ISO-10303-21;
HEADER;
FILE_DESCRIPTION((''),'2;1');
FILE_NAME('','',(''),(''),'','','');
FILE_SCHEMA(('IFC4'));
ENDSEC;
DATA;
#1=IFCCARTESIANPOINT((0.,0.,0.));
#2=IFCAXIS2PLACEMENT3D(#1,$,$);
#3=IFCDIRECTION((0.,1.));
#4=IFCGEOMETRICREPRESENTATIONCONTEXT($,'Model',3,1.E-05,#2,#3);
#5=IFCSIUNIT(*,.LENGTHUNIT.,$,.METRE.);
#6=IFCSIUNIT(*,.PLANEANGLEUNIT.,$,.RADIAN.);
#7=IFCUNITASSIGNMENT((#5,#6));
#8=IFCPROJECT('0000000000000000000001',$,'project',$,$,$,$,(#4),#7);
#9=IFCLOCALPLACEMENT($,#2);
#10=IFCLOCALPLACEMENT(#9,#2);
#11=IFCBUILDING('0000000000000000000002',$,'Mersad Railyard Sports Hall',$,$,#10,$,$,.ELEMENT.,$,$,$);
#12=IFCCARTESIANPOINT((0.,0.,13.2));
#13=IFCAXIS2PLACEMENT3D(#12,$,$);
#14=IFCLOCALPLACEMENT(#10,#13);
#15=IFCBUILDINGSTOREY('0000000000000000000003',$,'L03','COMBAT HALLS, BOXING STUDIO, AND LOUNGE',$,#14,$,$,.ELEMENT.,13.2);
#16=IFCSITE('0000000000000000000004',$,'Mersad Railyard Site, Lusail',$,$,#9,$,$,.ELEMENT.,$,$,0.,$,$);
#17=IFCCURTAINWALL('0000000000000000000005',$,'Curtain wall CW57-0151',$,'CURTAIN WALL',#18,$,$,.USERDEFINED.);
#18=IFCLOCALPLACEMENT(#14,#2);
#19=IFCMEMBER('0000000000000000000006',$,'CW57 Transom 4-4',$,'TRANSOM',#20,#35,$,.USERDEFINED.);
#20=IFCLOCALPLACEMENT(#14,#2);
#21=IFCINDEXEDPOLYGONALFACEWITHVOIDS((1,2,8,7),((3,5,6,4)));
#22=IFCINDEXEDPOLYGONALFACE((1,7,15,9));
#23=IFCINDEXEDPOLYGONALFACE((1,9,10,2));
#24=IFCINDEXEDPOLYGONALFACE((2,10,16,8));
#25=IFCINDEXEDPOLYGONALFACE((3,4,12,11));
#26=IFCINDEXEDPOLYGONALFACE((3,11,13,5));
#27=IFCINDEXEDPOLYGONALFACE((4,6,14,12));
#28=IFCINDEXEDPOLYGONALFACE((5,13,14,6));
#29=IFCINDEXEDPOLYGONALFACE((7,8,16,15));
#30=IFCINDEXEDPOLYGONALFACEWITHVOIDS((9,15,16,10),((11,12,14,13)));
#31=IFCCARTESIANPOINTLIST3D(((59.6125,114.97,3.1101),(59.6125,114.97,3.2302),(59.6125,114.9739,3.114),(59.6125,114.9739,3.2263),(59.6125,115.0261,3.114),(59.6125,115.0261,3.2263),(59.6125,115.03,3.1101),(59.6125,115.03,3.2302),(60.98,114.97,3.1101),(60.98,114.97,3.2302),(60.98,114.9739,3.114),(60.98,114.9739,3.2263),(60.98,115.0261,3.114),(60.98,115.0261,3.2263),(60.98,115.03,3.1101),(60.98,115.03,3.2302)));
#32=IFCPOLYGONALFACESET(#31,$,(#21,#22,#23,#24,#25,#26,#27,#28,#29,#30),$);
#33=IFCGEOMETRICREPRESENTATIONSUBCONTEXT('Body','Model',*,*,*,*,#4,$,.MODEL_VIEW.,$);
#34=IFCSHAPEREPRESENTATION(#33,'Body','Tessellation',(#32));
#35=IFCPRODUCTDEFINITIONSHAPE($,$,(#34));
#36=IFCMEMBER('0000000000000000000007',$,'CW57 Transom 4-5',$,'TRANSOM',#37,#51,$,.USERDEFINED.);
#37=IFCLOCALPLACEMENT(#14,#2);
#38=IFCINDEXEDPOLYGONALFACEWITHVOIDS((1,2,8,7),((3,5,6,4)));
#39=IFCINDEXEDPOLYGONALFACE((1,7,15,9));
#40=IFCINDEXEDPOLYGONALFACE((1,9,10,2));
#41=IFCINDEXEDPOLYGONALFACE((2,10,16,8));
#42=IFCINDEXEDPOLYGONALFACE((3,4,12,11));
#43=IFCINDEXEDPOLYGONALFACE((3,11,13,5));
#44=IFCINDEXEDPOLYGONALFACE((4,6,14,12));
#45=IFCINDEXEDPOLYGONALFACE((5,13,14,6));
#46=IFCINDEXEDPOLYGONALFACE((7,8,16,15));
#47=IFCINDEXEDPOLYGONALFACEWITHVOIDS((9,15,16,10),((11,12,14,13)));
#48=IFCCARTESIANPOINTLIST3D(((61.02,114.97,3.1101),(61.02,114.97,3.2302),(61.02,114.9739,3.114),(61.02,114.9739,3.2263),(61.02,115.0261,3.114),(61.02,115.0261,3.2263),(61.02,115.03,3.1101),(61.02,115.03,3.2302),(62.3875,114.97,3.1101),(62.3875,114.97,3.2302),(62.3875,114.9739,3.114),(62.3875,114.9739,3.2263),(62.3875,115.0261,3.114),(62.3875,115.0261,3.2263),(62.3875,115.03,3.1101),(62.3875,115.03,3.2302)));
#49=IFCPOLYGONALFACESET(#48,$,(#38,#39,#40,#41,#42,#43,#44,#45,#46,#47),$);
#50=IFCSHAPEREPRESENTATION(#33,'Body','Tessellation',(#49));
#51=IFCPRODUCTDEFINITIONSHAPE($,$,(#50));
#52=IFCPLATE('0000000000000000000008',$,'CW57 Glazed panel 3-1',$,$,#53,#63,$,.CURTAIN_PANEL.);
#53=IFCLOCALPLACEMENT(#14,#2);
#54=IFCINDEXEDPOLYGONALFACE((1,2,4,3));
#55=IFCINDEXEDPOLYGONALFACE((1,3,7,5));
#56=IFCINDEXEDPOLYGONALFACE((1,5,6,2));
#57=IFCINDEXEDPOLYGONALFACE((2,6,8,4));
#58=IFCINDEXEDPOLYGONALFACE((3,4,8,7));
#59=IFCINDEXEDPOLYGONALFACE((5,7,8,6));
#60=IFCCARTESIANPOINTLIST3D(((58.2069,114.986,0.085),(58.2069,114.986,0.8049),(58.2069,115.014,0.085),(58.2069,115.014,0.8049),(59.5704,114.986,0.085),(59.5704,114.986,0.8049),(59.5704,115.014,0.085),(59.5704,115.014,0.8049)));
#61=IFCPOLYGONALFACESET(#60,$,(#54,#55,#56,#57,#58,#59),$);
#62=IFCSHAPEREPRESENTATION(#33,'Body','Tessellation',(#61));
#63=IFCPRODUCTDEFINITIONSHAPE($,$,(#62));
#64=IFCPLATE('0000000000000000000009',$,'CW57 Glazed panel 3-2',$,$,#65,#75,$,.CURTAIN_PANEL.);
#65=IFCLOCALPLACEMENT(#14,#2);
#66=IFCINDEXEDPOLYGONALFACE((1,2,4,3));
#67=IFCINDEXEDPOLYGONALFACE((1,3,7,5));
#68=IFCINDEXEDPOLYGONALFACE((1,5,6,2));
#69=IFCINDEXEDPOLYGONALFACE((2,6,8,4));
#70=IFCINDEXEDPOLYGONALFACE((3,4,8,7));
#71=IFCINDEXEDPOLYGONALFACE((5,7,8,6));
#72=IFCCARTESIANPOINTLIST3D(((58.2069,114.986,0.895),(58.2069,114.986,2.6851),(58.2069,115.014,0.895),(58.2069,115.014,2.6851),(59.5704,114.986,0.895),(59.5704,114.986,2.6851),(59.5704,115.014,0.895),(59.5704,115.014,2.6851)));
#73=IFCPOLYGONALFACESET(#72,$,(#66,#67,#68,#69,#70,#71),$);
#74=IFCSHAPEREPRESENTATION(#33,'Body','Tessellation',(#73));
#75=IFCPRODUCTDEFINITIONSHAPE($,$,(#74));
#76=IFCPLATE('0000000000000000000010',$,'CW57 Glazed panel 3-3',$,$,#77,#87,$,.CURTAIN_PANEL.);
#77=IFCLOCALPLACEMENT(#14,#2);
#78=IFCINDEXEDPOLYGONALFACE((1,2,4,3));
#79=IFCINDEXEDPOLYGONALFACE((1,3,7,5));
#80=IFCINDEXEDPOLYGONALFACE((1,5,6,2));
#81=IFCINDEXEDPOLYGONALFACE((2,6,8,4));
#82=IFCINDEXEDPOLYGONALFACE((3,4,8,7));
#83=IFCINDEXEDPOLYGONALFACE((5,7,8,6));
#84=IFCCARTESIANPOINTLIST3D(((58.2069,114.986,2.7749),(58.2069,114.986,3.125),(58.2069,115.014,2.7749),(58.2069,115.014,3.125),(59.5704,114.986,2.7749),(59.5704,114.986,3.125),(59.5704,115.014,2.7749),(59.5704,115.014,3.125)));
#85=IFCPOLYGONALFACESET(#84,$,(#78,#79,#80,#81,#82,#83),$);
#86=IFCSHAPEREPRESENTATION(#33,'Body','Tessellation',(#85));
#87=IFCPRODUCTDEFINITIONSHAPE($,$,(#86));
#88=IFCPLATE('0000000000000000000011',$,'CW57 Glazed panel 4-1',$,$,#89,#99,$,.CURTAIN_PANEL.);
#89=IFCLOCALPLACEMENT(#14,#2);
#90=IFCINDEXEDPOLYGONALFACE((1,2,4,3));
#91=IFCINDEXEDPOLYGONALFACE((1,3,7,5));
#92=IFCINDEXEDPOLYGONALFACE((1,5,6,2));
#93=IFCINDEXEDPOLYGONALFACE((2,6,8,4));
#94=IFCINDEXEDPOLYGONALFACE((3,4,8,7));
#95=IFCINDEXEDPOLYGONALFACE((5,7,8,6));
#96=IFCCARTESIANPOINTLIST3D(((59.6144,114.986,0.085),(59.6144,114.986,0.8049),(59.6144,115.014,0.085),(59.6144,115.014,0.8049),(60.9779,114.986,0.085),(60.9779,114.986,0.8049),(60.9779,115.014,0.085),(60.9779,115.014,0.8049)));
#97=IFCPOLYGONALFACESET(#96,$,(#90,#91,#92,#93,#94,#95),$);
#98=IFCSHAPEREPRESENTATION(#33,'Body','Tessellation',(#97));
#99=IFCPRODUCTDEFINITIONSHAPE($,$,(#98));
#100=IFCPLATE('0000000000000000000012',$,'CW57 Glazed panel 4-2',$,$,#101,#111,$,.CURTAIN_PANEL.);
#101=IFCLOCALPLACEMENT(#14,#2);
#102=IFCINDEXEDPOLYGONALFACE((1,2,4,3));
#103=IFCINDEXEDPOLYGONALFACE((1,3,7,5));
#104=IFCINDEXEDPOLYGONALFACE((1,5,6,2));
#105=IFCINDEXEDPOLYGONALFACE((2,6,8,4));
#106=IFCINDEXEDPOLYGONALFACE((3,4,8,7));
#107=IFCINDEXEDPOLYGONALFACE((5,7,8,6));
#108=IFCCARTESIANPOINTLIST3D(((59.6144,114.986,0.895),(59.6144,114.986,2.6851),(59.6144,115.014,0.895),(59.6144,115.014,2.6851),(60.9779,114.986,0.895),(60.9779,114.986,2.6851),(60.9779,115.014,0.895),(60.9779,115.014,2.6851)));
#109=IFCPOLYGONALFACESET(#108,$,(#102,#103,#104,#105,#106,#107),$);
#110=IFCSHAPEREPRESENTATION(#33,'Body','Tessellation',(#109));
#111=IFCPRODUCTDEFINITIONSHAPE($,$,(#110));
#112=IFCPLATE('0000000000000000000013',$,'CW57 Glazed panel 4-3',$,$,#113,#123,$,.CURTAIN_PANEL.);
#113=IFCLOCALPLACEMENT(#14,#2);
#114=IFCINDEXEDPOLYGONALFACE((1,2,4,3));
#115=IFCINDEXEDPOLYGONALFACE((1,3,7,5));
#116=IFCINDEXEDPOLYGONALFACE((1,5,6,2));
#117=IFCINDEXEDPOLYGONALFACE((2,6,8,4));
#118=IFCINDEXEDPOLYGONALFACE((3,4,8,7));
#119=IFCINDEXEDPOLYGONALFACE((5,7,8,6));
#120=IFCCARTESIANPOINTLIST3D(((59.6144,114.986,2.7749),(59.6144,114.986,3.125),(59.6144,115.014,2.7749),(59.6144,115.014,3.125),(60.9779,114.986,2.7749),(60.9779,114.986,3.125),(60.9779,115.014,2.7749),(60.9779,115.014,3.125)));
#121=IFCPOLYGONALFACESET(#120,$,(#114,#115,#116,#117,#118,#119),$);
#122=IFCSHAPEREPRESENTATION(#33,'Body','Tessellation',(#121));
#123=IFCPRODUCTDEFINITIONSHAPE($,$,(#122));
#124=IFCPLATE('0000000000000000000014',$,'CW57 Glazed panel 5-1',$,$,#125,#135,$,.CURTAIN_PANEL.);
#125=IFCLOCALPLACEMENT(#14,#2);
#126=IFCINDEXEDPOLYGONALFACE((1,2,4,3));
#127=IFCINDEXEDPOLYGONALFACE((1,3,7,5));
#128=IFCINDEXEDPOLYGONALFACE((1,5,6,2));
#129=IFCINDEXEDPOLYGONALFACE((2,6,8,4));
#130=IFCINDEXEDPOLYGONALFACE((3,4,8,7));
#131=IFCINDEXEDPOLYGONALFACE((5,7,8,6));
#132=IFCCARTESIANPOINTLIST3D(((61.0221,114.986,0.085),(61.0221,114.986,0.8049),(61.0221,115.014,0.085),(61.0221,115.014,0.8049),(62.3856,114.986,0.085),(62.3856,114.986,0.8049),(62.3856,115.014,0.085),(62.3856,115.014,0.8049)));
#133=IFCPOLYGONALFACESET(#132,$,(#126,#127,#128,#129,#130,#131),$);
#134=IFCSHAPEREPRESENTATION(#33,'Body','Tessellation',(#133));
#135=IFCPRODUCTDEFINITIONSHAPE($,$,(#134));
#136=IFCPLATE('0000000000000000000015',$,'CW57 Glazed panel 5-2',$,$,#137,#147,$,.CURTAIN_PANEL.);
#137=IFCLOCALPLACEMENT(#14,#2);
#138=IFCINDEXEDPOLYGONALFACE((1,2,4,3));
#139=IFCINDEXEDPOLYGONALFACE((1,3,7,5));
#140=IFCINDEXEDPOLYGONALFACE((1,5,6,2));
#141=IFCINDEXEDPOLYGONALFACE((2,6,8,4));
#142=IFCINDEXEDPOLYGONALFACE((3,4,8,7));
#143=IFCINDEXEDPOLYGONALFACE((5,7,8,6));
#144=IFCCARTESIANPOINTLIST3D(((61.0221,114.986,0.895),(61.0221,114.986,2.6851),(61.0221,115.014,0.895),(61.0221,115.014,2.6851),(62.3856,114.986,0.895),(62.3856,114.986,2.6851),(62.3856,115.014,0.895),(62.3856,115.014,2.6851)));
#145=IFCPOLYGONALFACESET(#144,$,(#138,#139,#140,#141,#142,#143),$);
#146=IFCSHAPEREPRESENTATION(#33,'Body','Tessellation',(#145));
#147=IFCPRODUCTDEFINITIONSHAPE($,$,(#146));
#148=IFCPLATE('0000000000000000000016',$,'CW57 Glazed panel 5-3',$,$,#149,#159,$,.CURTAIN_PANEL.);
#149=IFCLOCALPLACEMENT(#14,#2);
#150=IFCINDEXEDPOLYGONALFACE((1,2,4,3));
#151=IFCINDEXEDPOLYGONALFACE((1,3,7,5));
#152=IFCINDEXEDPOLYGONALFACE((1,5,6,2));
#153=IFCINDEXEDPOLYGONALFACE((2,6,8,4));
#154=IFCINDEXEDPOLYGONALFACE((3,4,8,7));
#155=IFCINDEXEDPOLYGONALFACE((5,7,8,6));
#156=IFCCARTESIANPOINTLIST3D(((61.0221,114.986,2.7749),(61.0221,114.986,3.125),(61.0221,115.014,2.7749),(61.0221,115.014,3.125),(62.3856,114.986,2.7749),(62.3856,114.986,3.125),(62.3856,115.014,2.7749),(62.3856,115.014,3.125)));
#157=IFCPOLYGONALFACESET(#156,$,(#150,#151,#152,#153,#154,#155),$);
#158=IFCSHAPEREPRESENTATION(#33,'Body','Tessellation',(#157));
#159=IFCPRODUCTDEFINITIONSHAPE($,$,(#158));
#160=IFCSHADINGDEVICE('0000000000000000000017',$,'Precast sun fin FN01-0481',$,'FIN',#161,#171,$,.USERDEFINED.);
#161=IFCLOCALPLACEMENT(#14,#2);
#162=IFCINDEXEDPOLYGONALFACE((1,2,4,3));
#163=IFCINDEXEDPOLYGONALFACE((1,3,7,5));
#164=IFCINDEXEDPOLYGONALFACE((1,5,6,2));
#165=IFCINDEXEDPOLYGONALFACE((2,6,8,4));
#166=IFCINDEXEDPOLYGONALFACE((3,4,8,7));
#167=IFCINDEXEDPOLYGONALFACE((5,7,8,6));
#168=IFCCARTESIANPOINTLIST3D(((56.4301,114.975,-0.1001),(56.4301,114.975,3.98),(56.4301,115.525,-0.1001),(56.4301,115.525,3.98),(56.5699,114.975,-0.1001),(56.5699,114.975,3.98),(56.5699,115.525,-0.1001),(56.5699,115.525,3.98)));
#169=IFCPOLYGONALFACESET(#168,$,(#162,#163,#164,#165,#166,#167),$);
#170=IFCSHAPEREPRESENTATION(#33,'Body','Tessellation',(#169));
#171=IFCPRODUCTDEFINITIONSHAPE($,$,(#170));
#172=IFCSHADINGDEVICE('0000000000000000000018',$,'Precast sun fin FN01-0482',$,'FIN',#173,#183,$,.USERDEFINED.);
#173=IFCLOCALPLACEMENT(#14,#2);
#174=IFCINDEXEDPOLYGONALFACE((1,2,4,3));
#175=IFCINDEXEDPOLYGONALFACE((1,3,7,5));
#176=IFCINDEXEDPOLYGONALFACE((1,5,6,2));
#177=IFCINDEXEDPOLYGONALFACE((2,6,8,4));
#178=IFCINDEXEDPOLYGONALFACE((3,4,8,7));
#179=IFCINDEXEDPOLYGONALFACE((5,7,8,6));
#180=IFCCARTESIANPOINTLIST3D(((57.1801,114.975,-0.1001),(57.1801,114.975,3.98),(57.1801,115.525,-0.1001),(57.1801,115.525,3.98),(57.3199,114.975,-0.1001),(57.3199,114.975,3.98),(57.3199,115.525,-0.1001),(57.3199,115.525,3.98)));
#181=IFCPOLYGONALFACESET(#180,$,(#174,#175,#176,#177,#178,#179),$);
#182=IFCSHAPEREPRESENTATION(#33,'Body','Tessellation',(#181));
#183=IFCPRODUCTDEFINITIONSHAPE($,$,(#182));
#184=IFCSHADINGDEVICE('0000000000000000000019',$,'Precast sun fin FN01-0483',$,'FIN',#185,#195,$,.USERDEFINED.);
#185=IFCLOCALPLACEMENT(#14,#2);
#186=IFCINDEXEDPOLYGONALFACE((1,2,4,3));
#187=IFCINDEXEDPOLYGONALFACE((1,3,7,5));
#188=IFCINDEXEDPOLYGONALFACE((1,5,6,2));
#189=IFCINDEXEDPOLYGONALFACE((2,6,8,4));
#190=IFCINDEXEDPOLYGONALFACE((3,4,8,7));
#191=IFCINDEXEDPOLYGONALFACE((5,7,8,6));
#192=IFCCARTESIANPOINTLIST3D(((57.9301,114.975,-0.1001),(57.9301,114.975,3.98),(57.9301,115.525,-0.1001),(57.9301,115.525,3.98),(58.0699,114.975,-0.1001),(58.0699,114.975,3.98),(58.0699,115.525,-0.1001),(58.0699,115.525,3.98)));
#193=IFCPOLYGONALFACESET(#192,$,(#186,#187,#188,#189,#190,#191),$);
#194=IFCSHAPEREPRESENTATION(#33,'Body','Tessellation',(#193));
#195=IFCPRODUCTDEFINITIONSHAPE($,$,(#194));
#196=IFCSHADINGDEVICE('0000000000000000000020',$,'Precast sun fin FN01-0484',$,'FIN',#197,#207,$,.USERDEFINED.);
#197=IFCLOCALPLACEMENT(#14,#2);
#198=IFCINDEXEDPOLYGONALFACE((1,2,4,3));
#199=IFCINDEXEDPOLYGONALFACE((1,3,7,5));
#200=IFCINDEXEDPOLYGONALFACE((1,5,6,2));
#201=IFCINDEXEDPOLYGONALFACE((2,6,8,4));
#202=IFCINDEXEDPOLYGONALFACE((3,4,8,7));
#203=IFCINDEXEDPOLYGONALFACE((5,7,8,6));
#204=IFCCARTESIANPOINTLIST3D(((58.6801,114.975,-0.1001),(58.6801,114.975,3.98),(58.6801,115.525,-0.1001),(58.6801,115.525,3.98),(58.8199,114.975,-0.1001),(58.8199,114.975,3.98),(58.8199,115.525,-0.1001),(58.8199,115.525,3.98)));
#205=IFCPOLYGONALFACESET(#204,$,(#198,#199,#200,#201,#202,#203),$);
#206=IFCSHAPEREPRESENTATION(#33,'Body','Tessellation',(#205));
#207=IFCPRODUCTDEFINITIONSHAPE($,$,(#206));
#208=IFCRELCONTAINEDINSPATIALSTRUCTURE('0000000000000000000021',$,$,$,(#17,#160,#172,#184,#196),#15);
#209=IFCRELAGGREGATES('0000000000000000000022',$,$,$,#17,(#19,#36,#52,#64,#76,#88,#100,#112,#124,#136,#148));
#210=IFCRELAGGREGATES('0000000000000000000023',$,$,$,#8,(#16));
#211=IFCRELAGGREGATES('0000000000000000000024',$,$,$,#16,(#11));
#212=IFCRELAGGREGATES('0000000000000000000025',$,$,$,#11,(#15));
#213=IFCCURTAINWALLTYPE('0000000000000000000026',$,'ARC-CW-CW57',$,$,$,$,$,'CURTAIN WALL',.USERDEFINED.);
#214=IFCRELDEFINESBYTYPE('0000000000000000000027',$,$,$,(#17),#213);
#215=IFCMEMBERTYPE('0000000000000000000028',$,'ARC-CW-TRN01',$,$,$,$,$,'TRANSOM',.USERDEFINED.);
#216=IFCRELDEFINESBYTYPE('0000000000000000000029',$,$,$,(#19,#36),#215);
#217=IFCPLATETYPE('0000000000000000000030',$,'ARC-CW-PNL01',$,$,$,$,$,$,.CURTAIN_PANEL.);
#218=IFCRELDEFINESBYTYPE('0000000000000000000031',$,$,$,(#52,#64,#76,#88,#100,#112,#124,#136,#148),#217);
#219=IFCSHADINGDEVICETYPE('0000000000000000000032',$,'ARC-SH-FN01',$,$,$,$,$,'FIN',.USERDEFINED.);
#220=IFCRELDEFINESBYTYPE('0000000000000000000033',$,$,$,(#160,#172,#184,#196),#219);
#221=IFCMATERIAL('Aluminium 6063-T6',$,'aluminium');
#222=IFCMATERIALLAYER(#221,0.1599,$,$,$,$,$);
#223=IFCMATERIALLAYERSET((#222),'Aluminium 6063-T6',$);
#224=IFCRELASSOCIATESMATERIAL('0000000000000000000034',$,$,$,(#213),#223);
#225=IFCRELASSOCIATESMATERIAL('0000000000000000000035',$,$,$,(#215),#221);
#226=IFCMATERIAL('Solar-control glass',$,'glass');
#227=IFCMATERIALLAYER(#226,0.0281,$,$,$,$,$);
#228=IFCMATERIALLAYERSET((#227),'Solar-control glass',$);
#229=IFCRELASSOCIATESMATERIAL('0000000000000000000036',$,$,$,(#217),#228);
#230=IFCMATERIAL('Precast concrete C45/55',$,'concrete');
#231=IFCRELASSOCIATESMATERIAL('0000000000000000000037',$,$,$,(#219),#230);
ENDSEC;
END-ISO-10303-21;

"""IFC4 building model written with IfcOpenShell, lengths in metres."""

from ifc_helpers import new_model, si_unit, direction, frame, origin, origin_2d, place, context, subcontext, project, spatial, rectangle, hollow_rectangle, extrude, material, layer, layer_set, material_profile, profile_set, type_object, element, aggregate, save


model = new_model("IFC4")

# Units and contexts
model_context = context("Model", 3, precision=1e-05, world=origin(), true_north=direction((0.0, 1.0)))
body_context = subcontext(model_context, "Body", "Model", "MODEL_VIEW")
ifc_project = project(units=[si_unit("LENGTHUNIT", "METRE"), si_unit("PLANEANGLEUNIT", "RADIAN")], contexts=[model_context])

# Site, building, storey
site_placement = place(None, origin())
site = spatial("IfcSite", under=ifc_project, at=site_placement, Name="Mersad Railyard Site, Lusail", CompositionType="ELEMENT", RefElevation=0.0)
building_placement = place(site_placement, origin())
building = spatial("IfcBuilding", under=site, at=building_placement, Name="Mersad Railyard Sports Hall", CompositionType="ELEMENT")
storey_placement = place(building_placement, frame((0.0, 0.0, 13.2)))
storey = spatial("IfcBuildingStorey", under=building, at=storey_placement, Name="L03", Description="COMBAT HALLS, BOXING STUDIO, AND LOUNGE", CompositionType="ELEMENT", Elevation=13.2)

# Curtain wall, members, plates
ifc_material_1 = material(Name="Aluminium 6063-T6", Category="aluminium")
ifc_layer_1 = layer(ifc_material_1, 0.1599)
ifc_layer_set_1 = layer_set([ifc_layer_1], Name="Aluminium 6063-T6")
curtain_wall_type = type_object("IfcCurtainWallType", Name="ARC-CW-CW57", ElementType="CURTAIN WALL", PredefinedType="USERDEFINED", material=ifc_layer_set_1)
curtain_wall_placement = place(storey_placement, origin())
curtain_wall = element("IfcCurtainWall", 1, at=curtain_wall_placement, inside=storey, type_object=curtain_wall_type, Name="Curtain wall CW57-0151", ObjectType="CURTAIN WALL", PredefinedType="USERDEFINED")
ifc_material_profile_1 = material_profile(ifc_material_1, hollow_rectangle(XDim=0.0601, YDim=0.1201, WallThickness=0.0039, at=origin_2d()), Name="AL TRANSOM 60x120x4")
ifc_profile_set_1 = profile_set([ifc_material_profile_1], Name="Aluminium 6063-T6")
member_type_1 = type_object("IfcMemberType", Name="ARC-CW-TRN01", ElementType="TRANSOM", PredefinedType="USERDEFINED", material=ifc_profile_set_1)
member_1_placement = place(storey_placement, frame((59.6125, 115.0, 3.1702), z_axis=(1.0, 0.0, 0.0), x_axis=(0.0, 1.0, 0.0)))
member_1 = element("IfcMember", 2, at=member_1_placement, type_object=member_type_1, Name="CW57 Transom 4-4", ObjectType="TRANSOM", PredefinedType="USERDEFINED", context=body_context, shape_type="SweptSolid", body=[
    extrude(hollow_rectangle(XDim=0.0601, YDim=0.1201, WallThickness=0.0039, at=origin_2d()), origin(), (0.0, 0.0, 1.0), 1.3674),
])
member_2_placement = place(storey_placement, frame((61.02, 115.0, 3.1702), z_axis=(1.0, 0.0, 0.0), x_axis=(0.0, 1.0, 0.0)))
member_2 = element("IfcMember", 3, at=member_2_placement, type_object=member_type_1, Name="CW57 Transom 4-5", ObjectType="TRANSOM", PredefinedType="USERDEFINED", context=body_context, shape_type="SweptSolid", body=[
    extrude(hollow_rectangle(XDim=0.0601, YDim=0.1201, WallThickness=0.0039, at=origin_2d()), origin(), (0.0, 0.0, 1.0), 1.3674),
])
ifc_material_2 = material(Name="Solar-control glass", Category="glass")
ifc_layer_2 = layer(ifc_material_2, 0.0281)
ifc_layer_set_2 = layer_set([ifc_layer_2], Name="Solar-control glass")
plate_type = type_object("IfcPlateType", Name="ARC-CW-PNL01", PredefinedType="CURTAIN_PANEL", material=ifc_layer_set_2)
plate_1_placement = place(storey_placement, frame((58.8887, 115.0, 0.085), z_axis=(0.0, 0.0, 1.0), x_axis=(1.0, 0.0, 0.0)))
plate_1 = element("IfcPlate", 4, at=plate_1_placement, type_object=plate_type, Name="CW57 Glazed panel 3-1", PredefinedType="CURTAIN_PANEL", context=body_context, shape_type="SweptSolid", body=[
    extrude(rectangle(XDim=1.3635, YDim=0.0281, at=origin_2d()), origin(), (0.0, 0.0, 1.0), 0.72),
])
plate_2_placement = place(storey_placement, frame((58.8887, 115.0, 0.895), z_axis=(0.0, 0.0, 1.0), x_axis=(1.0, 0.0, 0.0)))
plate_2 = element("IfcPlate", 5, at=plate_2_placement, type_object=plate_type, Name="CW57 Glazed panel 3-2", PredefinedType="CURTAIN_PANEL", context=body_context, shape_type="SweptSolid", body=[
    extrude(rectangle(XDim=1.3635, YDim=0.0281, at=origin_2d()), origin(), (0.0, 0.0, 1.0), 1.79),
])
plate_3_placement = place(storey_placement, frame((58.8887, 115.0, 2.7749), z_axis=(0.0, 0.0, 1.0), x_axis=(1.0, 0.0, 0.0)))
plate_3 = element("IfcPlate", 6, at=plate_3_placement, type_object=plate_type, Name="CW57 Glazed panel 3-3", PredefinedType="CURTAIN_PANEL", context=body_context, shape_type="SweptSolid", body=[
    extrude(rectangle(XDim=1.3635, YDim=0.0281, at=origin_2d()), origin(), (0.0, 0.0, 1.0), 0.3501),
])
plate_4_placement = place(storey_placement, frame((60.2961, 115.0, 0.085), z_axis=(0.0, 0.0, 1.0), x_axis=(1.0, 0.0, 0.0)))
plate_4 = element("IfcPlate", 7, at=plate_4_placement, type_object=plate_type, Name="CW57 Glazed panel 4-1", PredefinedType="CURTAIN_PANEL", context=body_context, shape_type="SweptSolid", body=[
    extrude(rectangle(XDim=1.3635, YDim=0.0281, at=origin_2d()), origin(), (0.0, 0.0, 1.0), 0.72),
])
plate_5_placement = place(storey_placement, frame((60.2961, 115.0, 0.895), z_axis=(0.0, 0.0, 1.0), x_axis=(1.0, 0.0, 0.0)))
plate_5 = element("IfcPlate", 8, at=plate_5_placement, type_object=plate_type, Name="CW57 Glazed panel 4-2", PredefinedType="CURTAIN_PANEL", context=body_context, shape_type="SweptSolid", body=[
    extrude(rectangle(XDim=1.3635, YDim=0.0281, at=origin_2d()), origin(), (0.0, 0.0, 1.0), 1.79),
])
plate_6_placement = place(storey_placement, frame((60.2961, 115.0, 2.7749), z_axis=(0.0, 0.0, 1.0), x_axis=(1.0, 0.0, 0.0)))
plate_6 = element("IfcPlate", 9, at=plate_6_placement, type_object=plate_type, Name="CW57 Glazed panel 4-3", PredefinedType="CURTAIN_PANEL", context=body_context, shape_type="SweptSolid", body=[
    extrude(rectangle(XDim=1.3635, YDim=0.0281, at=origin_2d()), origin(), (0.0, 0.0, 1.0), 0.3501),
])
plate_7_placement = place(storey_placement, frame((61.7039, 115.0, 0.085), z_axis=(0.0, 0.0, 1.0), x_axis=(1.0, 0.0, 0.0)))
plate_7 = element("IfcPlate", 10, at=plate_7_placement, type_object=plate_type, Name="CW57 Glazed panel 5-1", PredefinedType="CURTAIN_PANEL", context=body_context, shape_type="SweptSolid", body=[
    extrude(rectangle(XDim=1.3635, YDim=0.0281, at=origin_2d()), origin(), (0.0, 0.0, 1.0), 0.72),
])
plate_8_placement = place(storey_placement, frame((61.7039, 115.0, 0.895), z_axis=(0.0, 0.0, 1.0), x_axis=(1.0, 0.0, 0.0)))
plate_8 = element("IfcPlate", 11, at=plate_8_placement, type_object=plate_type, Name="CW57 Glazed panel 5-2", PredefinedType="CURTAIN_PANEL", context=body_context, shape_type="SweptSolid", body=[
    extrude(rectangle(XDim=1.3635, YDim=0.0281, at=origin_2d()), origin(), (0.0, 0.0, 1.0), 1.79),
])
plate_9_placement = place(storey_placement, frame((61.7039, 115.0, 2.7749), z_axis=(0.0, 0.0, 1.0), x_axis=(1.0, 0.0, 0.0)))
plate_9 = element("IfcPlate", 12, at=plate_9_placement, type_object=plate_type, Name="CW57 Glazed panel 5-3", PredefinedType="CURTAIN_PANEL", context=body_context, shape_type="SweptSolid", body=[
    extrude(rectangle(XDim=1.3635, YDim=0.0281, at=origin_2d()), origin(), (0.0, 0.0, 1.0), 0.3501),
])
aggregate(curtain_wall, [member_1, member_2, plate_1, plate_2, plate_3, plate_4, plate_5, plate_6, plate_7, plate_8, plate_9])

# Shading devices
ifc_material_3 = material(Name="Precast concrete C45/55", Category="concrete")
shading_device_type = type_object("IfcShadingDeviceType", Name="ARC-SH-FN01", ElementType="FIN", PredefinedType="USERDEFINED", material=ifc_material_3)
for number, where, z_axis, x_axis, name in (
    (13, (56.5, 115.25, -0.1001), (0.0, 0.0, 1.0), (1.0, 0.0, 0.0), "Precast sun fin FN01-0481"),
    (14, (57.25, 115.25, -0.1001), (0.0, 0.0, 1.0), (1.0, 0.0, 0.0), "Precast sun fin FN01-0482"),
    (15, (58.0, 115.25, -0.1001), (0.0, 0.0, 1.0), (1.0, 0.0, 0.0), "Precast sun fin FN01-0483"),
    (16, (58.75, 115.25, -0.1001), (0.0, 0.0, 1.0), (1.0, 0.0, 0.0), "Precast sun fin FN01-0484"),
):
    element("IfcShadingDevice", number, at=place(storey_placement, frame(where, z_axis=z_axis, x_axis=x_axis)), inside=storey, type_object=shading_device_type, Name=name, ObjectType="FIN", PredefinedType="USERDEFINED", context=body_context, shape_type="SweptSolid", body=[
        extrude(rectangle(XDim=0.1399, YDim=0.55, at=origin_2d()), origin(), (0.0, 0.0, 1.0), 4.0801),
    ])

save(model, "model.ifc")
